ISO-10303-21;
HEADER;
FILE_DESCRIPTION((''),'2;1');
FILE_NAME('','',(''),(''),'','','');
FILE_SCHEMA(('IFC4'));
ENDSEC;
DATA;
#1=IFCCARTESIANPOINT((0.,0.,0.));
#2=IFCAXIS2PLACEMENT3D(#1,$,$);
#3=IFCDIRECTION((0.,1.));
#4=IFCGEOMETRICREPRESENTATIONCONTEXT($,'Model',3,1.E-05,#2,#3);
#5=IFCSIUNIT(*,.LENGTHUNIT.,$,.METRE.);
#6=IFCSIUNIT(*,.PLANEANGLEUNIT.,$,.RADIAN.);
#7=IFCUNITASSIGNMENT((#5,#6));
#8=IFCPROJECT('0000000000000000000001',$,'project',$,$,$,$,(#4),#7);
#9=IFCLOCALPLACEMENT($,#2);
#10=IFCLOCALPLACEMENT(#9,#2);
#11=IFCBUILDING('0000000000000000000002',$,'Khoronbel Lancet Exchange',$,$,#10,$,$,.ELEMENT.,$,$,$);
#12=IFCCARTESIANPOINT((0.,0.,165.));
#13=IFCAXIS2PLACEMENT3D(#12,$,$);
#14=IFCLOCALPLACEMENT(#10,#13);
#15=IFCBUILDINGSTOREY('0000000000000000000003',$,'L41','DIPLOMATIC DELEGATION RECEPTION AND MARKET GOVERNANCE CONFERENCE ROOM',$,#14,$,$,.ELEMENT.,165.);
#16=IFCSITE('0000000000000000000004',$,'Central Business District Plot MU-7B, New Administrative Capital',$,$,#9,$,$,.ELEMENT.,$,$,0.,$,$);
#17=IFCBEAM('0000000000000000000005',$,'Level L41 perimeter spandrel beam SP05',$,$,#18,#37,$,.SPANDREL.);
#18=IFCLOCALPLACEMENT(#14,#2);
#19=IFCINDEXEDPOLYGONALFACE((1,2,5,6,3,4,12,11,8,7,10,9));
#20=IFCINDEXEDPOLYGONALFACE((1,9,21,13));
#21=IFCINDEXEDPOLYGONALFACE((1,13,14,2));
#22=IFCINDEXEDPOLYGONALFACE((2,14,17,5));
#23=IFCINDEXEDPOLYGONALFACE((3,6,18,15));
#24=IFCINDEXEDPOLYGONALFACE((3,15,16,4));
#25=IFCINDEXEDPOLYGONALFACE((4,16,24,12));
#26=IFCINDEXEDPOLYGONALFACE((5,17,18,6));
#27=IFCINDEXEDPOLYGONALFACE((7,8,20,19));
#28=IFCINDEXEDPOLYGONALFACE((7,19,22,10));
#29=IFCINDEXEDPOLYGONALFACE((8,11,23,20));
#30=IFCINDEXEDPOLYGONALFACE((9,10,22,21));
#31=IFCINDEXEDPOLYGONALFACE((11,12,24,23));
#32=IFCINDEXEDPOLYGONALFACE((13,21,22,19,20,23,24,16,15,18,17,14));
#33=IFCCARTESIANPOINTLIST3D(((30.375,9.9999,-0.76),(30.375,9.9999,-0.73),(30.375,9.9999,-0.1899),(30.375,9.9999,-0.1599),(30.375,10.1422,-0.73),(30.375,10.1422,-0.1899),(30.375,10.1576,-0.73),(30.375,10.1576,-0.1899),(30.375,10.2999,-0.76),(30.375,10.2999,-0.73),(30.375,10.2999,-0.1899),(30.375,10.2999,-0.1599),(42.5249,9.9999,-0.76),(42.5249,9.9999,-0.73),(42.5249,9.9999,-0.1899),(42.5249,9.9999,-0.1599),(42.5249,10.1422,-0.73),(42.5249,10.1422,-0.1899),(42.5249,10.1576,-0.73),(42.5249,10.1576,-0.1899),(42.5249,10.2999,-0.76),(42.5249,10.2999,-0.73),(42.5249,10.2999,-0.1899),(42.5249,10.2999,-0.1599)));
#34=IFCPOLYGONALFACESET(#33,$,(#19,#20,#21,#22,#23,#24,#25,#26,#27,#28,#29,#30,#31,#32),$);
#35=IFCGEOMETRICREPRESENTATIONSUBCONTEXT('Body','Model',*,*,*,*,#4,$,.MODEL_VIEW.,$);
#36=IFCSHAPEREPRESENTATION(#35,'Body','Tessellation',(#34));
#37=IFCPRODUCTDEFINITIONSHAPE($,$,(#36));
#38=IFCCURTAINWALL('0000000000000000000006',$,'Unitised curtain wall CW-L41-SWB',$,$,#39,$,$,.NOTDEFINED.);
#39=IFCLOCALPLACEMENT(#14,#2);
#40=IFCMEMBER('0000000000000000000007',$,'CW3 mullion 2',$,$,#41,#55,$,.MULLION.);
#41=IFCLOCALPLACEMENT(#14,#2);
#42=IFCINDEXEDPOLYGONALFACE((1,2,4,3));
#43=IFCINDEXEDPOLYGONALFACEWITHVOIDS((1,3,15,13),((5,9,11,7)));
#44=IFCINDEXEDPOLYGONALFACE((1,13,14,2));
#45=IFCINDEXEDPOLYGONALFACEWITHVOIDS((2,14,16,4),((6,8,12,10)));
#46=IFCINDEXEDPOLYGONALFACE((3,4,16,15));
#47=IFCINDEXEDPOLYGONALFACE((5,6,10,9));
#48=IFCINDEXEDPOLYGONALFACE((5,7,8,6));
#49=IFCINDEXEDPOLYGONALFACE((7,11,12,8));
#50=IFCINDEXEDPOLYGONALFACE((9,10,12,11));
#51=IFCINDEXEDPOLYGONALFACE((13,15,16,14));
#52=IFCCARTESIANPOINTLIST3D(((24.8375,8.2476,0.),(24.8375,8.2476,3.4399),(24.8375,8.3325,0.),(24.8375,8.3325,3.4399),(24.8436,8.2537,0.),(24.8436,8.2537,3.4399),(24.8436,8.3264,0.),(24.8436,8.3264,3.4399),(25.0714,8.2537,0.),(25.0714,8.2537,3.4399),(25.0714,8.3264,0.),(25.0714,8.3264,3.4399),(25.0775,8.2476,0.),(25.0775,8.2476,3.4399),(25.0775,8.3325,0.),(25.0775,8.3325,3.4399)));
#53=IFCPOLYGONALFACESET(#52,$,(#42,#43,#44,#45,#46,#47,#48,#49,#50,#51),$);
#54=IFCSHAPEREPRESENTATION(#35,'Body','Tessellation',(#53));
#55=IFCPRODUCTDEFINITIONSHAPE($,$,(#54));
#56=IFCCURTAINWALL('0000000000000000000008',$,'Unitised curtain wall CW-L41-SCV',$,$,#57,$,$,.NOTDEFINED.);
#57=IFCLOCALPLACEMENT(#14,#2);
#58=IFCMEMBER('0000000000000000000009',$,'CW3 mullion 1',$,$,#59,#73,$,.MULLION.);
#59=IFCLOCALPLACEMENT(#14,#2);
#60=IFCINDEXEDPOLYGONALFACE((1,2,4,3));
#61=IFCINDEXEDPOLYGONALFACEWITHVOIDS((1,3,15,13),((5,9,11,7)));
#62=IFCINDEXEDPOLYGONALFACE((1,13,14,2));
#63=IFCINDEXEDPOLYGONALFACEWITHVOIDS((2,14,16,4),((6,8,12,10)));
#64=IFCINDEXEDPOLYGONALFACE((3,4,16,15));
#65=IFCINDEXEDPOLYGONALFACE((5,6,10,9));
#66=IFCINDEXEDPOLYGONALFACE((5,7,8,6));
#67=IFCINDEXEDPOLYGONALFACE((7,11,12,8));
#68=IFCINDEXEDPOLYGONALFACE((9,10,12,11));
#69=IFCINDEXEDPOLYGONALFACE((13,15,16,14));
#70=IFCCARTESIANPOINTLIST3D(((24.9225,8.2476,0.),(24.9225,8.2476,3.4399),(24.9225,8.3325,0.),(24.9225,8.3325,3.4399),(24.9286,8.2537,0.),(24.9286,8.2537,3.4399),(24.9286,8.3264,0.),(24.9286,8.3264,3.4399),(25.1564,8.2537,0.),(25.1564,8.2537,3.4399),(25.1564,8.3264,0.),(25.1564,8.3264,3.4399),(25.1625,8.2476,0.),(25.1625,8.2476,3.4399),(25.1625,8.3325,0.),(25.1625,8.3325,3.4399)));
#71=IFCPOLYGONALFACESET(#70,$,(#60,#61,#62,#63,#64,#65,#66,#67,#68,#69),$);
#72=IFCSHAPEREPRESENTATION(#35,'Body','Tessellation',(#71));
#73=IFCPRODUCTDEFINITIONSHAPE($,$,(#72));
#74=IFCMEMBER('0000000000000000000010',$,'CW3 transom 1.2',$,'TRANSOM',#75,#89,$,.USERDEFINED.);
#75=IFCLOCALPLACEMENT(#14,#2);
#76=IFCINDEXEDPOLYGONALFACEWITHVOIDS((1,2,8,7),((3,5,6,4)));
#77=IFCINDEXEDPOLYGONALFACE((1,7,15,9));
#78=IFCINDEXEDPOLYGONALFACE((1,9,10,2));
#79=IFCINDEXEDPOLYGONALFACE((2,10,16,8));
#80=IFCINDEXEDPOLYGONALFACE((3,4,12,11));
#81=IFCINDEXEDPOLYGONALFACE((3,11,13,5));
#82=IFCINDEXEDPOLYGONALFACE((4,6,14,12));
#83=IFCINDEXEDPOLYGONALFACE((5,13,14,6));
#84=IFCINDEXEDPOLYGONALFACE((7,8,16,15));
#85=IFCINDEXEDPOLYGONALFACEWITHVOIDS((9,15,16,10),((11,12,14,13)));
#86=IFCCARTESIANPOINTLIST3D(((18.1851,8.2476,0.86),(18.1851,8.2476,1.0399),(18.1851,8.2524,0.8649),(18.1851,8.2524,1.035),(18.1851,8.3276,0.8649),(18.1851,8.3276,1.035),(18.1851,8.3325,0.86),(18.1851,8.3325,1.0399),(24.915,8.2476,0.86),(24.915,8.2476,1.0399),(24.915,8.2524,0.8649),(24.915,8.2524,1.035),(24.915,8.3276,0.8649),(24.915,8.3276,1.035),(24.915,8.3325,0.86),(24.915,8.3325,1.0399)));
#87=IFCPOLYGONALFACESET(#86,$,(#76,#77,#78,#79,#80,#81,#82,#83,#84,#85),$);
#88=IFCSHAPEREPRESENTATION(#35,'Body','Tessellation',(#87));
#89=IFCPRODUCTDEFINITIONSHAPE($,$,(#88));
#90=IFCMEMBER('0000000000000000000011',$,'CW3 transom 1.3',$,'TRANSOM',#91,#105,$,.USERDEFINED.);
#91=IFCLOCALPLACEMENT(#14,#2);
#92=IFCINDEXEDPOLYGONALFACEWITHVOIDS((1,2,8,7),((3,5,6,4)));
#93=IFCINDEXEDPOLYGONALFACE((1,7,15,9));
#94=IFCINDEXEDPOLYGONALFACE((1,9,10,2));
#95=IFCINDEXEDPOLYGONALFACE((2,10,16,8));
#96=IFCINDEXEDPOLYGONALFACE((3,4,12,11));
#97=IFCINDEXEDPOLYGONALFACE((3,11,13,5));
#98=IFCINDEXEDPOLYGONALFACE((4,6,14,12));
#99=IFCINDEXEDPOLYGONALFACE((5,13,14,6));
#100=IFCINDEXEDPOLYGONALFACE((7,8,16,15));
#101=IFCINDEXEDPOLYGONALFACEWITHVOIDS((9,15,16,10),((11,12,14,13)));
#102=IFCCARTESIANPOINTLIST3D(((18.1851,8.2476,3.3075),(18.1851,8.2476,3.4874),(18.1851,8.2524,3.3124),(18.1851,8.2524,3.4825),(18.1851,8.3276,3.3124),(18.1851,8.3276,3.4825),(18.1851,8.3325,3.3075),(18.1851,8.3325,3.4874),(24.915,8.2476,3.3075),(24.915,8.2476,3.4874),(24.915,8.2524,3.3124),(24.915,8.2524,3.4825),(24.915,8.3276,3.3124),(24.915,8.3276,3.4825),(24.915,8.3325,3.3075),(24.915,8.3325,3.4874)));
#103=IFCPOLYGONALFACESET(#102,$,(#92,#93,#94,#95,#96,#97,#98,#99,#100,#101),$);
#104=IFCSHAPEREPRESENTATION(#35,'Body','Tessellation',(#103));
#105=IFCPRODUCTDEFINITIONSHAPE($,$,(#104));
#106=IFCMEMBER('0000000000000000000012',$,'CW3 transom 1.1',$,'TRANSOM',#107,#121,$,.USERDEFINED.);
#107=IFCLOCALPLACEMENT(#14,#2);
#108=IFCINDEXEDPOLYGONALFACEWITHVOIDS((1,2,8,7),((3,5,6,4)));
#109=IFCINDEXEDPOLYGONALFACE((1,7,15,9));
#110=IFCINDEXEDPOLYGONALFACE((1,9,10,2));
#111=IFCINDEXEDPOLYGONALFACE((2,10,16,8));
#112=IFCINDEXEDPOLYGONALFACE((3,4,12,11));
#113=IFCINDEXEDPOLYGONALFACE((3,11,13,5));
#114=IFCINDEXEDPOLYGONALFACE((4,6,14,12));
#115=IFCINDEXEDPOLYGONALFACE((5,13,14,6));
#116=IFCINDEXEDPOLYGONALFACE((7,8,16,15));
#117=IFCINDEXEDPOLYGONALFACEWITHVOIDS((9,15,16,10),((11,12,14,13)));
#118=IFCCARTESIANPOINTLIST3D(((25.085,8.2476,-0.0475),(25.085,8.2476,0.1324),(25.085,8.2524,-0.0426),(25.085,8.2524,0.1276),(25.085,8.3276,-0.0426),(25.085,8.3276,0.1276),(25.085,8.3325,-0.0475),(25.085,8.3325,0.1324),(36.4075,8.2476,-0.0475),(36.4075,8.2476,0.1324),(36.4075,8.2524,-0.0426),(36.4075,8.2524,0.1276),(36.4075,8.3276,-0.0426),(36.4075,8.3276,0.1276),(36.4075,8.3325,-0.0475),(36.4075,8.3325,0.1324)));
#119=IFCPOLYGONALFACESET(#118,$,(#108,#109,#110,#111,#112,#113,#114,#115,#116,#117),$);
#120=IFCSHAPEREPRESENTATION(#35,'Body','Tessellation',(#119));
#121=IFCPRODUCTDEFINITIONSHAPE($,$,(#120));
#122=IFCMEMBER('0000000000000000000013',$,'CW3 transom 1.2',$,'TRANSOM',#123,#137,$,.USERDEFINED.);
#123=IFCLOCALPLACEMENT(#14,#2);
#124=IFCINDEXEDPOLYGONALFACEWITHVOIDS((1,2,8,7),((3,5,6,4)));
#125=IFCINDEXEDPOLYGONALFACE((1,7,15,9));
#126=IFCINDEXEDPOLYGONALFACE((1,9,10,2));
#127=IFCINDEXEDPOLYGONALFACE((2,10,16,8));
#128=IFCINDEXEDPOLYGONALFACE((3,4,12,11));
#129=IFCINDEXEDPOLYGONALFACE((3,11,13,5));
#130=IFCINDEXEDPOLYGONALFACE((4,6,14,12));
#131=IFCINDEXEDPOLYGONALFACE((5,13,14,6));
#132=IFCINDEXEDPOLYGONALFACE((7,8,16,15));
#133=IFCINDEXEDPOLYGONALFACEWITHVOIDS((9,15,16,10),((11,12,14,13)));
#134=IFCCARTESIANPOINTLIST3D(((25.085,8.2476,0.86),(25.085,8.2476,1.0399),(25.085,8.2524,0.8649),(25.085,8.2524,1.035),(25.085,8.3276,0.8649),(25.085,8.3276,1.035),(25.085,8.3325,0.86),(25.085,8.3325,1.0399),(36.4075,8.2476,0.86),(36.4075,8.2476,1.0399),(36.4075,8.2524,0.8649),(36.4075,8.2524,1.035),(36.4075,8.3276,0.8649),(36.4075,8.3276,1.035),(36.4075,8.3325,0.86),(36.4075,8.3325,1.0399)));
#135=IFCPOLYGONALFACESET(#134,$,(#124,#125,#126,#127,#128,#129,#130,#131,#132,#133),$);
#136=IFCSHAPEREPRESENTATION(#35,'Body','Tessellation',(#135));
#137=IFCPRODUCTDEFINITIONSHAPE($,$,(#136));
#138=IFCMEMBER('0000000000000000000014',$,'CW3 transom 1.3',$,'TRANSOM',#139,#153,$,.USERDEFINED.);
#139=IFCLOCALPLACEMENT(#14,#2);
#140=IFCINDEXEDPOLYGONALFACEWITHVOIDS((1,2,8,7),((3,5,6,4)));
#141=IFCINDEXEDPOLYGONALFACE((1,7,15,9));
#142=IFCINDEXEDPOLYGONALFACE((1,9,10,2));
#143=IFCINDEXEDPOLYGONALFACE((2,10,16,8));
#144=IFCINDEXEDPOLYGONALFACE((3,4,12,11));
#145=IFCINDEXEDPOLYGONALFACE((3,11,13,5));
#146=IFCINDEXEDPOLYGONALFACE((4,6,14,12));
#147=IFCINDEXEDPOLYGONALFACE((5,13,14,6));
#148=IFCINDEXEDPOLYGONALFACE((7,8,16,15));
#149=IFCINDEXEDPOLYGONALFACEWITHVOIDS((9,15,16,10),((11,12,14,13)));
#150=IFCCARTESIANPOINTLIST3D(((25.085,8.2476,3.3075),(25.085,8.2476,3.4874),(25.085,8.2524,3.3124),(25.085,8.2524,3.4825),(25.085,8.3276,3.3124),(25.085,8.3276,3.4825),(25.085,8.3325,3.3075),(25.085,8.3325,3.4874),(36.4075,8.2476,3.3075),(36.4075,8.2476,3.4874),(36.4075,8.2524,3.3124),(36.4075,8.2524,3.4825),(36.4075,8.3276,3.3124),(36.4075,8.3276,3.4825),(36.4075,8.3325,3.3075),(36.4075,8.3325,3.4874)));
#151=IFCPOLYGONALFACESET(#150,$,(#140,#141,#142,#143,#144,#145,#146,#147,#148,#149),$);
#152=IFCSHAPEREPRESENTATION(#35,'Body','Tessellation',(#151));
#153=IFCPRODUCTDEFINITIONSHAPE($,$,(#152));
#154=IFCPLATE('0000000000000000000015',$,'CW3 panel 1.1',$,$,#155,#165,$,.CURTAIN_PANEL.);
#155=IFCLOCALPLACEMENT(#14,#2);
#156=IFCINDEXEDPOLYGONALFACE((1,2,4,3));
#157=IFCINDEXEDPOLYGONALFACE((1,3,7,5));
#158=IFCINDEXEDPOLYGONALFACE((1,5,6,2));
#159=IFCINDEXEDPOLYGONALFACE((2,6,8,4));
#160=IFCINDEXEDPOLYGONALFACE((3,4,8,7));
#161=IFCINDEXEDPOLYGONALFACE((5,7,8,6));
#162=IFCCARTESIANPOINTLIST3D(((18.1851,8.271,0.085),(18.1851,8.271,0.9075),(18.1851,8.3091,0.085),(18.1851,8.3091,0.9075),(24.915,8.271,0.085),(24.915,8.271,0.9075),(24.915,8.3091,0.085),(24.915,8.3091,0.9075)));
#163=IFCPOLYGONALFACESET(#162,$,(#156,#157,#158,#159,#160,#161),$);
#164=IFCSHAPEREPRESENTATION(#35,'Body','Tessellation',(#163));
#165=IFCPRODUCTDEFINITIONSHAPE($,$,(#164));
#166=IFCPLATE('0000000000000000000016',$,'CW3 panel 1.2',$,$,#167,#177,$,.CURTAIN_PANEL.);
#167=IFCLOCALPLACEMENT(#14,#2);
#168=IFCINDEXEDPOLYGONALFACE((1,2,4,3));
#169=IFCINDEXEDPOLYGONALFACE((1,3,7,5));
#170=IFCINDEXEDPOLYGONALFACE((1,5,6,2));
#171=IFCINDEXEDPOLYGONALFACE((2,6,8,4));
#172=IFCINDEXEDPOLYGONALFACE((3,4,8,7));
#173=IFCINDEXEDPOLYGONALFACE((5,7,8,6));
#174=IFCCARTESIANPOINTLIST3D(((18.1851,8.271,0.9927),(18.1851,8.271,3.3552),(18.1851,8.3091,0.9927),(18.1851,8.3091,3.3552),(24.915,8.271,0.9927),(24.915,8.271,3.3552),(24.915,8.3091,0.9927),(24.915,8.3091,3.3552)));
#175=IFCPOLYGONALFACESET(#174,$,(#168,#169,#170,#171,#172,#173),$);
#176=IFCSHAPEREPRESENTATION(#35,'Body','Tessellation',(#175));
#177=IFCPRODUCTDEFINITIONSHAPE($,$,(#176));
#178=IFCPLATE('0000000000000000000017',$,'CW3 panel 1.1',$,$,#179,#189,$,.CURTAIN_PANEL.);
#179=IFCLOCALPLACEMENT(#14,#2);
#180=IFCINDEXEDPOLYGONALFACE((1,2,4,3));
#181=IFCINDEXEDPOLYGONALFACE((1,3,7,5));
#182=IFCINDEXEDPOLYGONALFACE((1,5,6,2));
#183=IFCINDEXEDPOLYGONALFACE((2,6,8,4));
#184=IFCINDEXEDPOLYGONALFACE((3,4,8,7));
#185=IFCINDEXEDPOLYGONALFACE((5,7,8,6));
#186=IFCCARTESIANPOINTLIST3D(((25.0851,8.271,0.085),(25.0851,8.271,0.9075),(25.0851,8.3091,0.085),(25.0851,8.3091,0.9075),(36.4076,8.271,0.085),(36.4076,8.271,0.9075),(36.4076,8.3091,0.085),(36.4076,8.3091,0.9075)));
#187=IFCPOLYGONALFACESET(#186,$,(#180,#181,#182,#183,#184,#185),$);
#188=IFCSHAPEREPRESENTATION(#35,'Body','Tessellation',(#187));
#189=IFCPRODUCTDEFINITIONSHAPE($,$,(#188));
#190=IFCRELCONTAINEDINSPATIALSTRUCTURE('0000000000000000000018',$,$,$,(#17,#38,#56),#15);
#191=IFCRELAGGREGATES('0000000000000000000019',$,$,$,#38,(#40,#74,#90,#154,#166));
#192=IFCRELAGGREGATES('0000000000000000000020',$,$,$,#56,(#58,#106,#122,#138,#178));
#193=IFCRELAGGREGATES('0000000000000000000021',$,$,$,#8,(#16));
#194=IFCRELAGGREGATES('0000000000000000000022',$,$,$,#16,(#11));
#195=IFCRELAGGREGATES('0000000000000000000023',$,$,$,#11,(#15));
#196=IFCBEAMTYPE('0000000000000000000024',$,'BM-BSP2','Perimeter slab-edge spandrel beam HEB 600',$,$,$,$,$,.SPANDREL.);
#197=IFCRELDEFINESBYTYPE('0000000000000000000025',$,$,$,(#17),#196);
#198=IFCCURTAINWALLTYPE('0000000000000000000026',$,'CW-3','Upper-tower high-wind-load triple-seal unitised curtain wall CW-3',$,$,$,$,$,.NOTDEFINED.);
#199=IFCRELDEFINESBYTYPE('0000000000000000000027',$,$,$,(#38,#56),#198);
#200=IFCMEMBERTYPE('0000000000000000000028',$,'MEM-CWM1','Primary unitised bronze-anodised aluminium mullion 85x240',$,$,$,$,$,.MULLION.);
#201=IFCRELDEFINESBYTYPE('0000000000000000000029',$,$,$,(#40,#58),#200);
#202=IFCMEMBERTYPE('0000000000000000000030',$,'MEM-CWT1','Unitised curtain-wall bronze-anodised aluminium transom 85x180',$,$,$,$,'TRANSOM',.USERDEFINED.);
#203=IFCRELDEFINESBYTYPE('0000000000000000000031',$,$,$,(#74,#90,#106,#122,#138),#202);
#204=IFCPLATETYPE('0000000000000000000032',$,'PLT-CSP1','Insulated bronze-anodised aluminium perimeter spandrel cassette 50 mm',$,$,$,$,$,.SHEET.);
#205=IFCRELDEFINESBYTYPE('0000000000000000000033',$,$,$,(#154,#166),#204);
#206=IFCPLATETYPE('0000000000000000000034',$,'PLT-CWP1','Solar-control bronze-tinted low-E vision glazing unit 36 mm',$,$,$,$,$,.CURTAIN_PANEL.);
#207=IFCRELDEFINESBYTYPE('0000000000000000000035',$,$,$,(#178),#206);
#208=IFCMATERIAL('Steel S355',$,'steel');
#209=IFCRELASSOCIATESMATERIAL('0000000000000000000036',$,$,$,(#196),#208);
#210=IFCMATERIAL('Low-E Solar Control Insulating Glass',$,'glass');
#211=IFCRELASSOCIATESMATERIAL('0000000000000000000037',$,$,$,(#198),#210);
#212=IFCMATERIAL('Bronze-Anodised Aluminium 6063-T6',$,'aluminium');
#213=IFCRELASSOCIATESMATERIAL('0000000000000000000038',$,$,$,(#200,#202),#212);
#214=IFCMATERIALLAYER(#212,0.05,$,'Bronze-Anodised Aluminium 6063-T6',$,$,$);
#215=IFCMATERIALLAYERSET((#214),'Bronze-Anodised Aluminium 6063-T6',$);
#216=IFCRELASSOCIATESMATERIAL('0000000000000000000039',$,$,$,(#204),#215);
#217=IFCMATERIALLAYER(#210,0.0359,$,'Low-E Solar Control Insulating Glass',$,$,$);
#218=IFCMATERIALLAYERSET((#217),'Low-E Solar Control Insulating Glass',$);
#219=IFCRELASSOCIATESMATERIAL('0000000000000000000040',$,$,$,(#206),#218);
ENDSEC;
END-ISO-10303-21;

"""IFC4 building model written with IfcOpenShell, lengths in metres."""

from ifc_helpers import new_model, si_unit, direction, frame, origin, origin_2d, place, context, subcontext, project, spatial, rectangle, hollow_rectangle, i_section, extrude, material, layer, layer_set, material_profile, profile_set, type_object, element, aggregate, save


model = new_model("IFC4")

# Units and contexts
model_context = context("Model", 3, precision=1e-05, world=origin(), true_north=direction((0.0, 1.0)))
body_context = subcontext(model_context, "Body", "Model", "MODEL_VIEW")
ifc_project = project(units=[si_unit("LENGTHUNIT", "METRE"), si_unit("PLANEANGLEUNIT", "RADIAN")], contexts=[model_context])

# Site, building, storey
site_placement = place(None, origin())
site = spatial("IfcSite", under=ifc_project, at=site_placement, Name="Central Business District Plot MU-7B, New Administrative Capital", CompositionType="ELEMENT", RefElevation=0.0)
building_placement = place(site_placement, origin())
building = spatial("IfcBuilding", under=site, at=building_placement, Name="Khoronbel Lancet Exchange", CompositionType="ELEMENT")
storey_placement = place(building_placement, frame((0.0, 0.0, 165.0)))
storey = spatial("IfcBuildingStorey", under=building, at=storey_placement, Name="L41", Description="DIPLOMATIC DELEGATION RECEPTION AND MARKET GOVERNANCE CONFERENCE ROOM", CompositionType="ELEMENT", Elevation=165.0)

# Beam
ifc_material_1 = material(Name="Steel S355", Category="steel")
ifc_material_profile_1 = material_profile(ifc_material_1, i_section(OverallWidth=0.3, OverallDepth=0.6001, WebThickness=0.0154, FlangeThickness=0.03, at=origin_2d()), Name="HEB 600")
ifc_profile_set_1 = profile_set([ifc_material_profile_1], Name="Steel S355")
beam_type_1 = type_object("IfcBeamType", Name="BM-BSP2", Description="Perimeter slab-edge spandrel beam HEB 600", PredefinedType="SPANDREL", material=ifc_profile_set_1)
beam_1_placement = place(storey_placement, frame((30.375, 10.1499, -0.46), z_axis=(1.0, 0.0, 0.0), x_axis=(0.0, 1.0, 0.0)))
element("IfcBeam", 1, at=beam_1_placement, inside=storey, type_object=beam_type_1, Name="Level L41 perimeter spandrel beam SP05", PredefinedType="SPANDREL", context=body_context, shape_type="SweptSolid", body=[
    extrude(i_section(OverallWidth=0.3, OverallDepth=0.6001, WebThickness=0.0154, FlangeThickness=0.03, at=origin_2d()), origin(), (0.0, 0.0, 1.0), 12.1499),
])

# Curtain walls, members
ifc_material_2 = material(Name="Low-E Solar Control Insulating Glass", Category="glass")
curtain_wall_type = type_object("IfcCurtainWallType", Name="CW-3", Description="Upper-tower high-wind-load triple-seal unitised curtain wall CW-3", PredefinedType="NOTDEFINED", material=ifc_material_2)
curtain_wall_1_placement = place(storey_placement, origin())
curtain_wall_1 = element("IfcCurtainWall", 2, at=curtain_wall_1_placement, inside=storey, type_object=curtain_wall_type, Name="Unitised curtain wall CW-L41-SWB", PredefinedType="NOTDEFINED")
ifc_material_3 = material(Name="Bronze-Anodised Aluminium 6063-T6", Category="aluminium")
ifc_material_profile_2 = material_profile(ifc_material_3, hollow_rectangle(XDim=0.085, YDim=0.24, WallThickness=0.0061, at=origin_2d()), Name="ALU MULLION 85x240")
ifc_profile_set_2 = profile_set([ifc_material_profile_2], Name="Bronze-Anodised Aluminium 6063-T6")
member_type_1 = type_object("IfcMemberType", Name="MEM-CWM1", Description="Primary unitised bronze-anodised aluminium mullion 85x240", PredefinedType="MULLION", material=ifc_profile_set_2)
member_1_placement = place(storey_placement, frame((24.9575, 8.29, 0.0), z_axis=(0.0, 0.0, 1.0), x_axis=(0.0, 1.0, 0.0)))
member_1 = element("IfcMember", 3, at=member_1_placement, type_object=member_type_1, Name="CW3 mullion 2", PredefinedType="MULLION", context=body_context, shape_type="SweptSolid", body=[
    extrude(hollow_rectangle(XDim=0.085, YDim=0.24, WallThickness=0.0061, at=origin_2d()), origin(), (0.0, 0.0, 1.0), 3.4399),
])
curtain_wall_2_placement = place(storey_placement, origin())
curtain_wall_2 = element("IfcCurtainWall", 4, at=curtain_wall_2_placement, inside=storey, type_object=curtain_wall_type, Name="Unitised curtain wall CW-L41-SCV", PredefinedType="NOTDEFINED")
member_2_placement = place(storey_placement, frame((25.0425, 8.29, 0.0), z_axis=(0.0, 0.0, 1.0), x_axis=(0.0, 1.0, 0.0)))
member_2 = element("IfcMember", 5, at=member_2_placement, type_object=member_type_1, Name="CW3 mullion 1", PredefinedType="MULLION", context=body_context, shape_type="SweptSolid", body=[
    extrude(hollow_rectangle(XDim=0.085, YDim=0.24, WallThickness=0.0061, at=origin_2d()), origin(), (0.0, 0.0, 1.0), 3.4399),
])

# Members
ifc_material_profile_3 = material_profile(ifc_material_3, hollow_rectangle(XDim=0.085, YDim=0.1799, WallThickness=0.0049, at=origin_2d()), Name="ALU TRANSOM 85x180")
ifc_profile_set_3 = profile_set([ifc_material_profile_3], Name="Bronze-Anodised Aluminium 6063-T6")
member_type_2 = type_object("IfcMemberType", Name="MEM-CWT1", Description="Unitised curtain-wall bronze-anodised aluminium transom 85x180", ElementType="TRANSOM", PredefinedType="USERDEFINED", material=ifc_profile_set_3)
member_3_placement = place(storey_placement, frame((18.1851, 8.29, 0.95), z_axis=(1.0, 0.0, 0.0), x_axis=(0.0, 1.0, 0.0)))
member_3 = element("IfcMember", 6, at=member_3_placement, type_object=member_type_2, Name="CW3 transom 1.2", ObjectType="TRANSOM", PredefinedType="USERDEFINED", context=body_context, shape_type="SweptSolid", body=[
    extrude(hollow_rectangle(XDim=0.085, YDim=0.1799, WallThickness=0.0049, at=origin_2d()), origin(), (0.0, 0.0, 1.0), 6.73),
])
member_4_placement = place(storey_placement, frame((18.1851, 8.29, 3.3975), z_axis=(1.0, 0.0, 0.0), x_axis=(0.0, 1.0, 0.0)))
member_4 = element("IfcMember", 7, at=member_4_placement, type_object=member_type_2, Name="CW3 transom 1.3", ObjectType="TRANSOM", PredefinedType="USERDEFINED", context=body_context, shape_type="SweptSolid", body=[
    extrude(hollow_rectangle(XDim=0.085, YDim=0.1799, WallThickness=0.0049, at=origin_2d()), origin(), (0.0, 0.0, 1.0), 6.73),
])
member_5_placement = place(storey_placement, frame((25.085, 8.29, 0.0425), z_axis=(1.0, 0.0, 0.0), x_axis=(0.0, 1.0, 0.0)))
member_5 = element("IfcMember", 8, at=member_5_placement, type_object=member_type_2, Name="CW3 transom 1.1", ObjectType="TRANSOM", PredefinedType="USERDEFINED", context=body_context, shape_type="SweptSolid", body=[
    extrude(hollow_rectangle(XDim=0.085, YDim=0.1799, WallThickness=0.0049, at=origin_2d()), origin(), (0.0, 0.0, 1.0), 11.3225),
])
member_6_placement = place(storey_placement, frame((25.085, 8.29, 0.95), z_axis=(1.0, 0.0, 0.0), x_axis=(0.0, 1.0, 0.0)))
member_6 = element("IfcMember", 9, at=member_6_placement, type_object=member_type_2, Name="CW3 transom 1.2", ObjectType="TRANSOM", PredefinedType="USERDEFINED", context=body_context, shape_type="SweptSolid", body=[
    extrude(hollow_rectangle(XDim=0.085, YDim=0.1799, WallThickness=0.0049, at=origin_2d()), origin(), (0.0, 0.0, 1.0), 11.3225),
])
member_7_placement = place(storey_placement, frame((25.085, 8.29, 3.3975), z_axis=(1.0, 0.0, 0.0), x_axis=(0.0, 1.0, 0.0)))
member_7 = element("IfcMember", 10, at=member_7_placement, type_object=member_type_2, Name="CW3 transom 1.3", ObjectType="TRANSOM", PredefinedType="USERDEFINED", context=body_context, shape_type="SweptSolid", body=[
    extrude(hollow_rectangle(XDim=0.085, YDim=0.1799, WallThickness=0.0049, at=origin_2d()), origin(), (0.0, 0.0, 1.0), 11.3225),
])

# Plates
ifc_layer_1 = layer(ifc_material_3, 0.05, Name="Bronze-Anodised Aluminium 6063-T6")
ifc_layer_set_1 = layer_set([ifc_layer_1], Name="Bronze-Anodised Aluminium 6063-T6")
plate_type_1 = type_object("IfcPlateType", Name="PLT-CSP1", Description="Insulated bronze-anodised aluminium perimeter spandrel cassette 50 mm", PredefinedType="SHEET", material=ifc_layer_set_1)
plate_1_placement = place(storey_placement, frame((21.55, 8.29, 0.085), z_axis=(0.0, 0.0, 1.0), x_axis=(1.0, 0.0, 0.0)))
plate_1 = element("IfcPlate", 11, at=plate_1_placement, type_object=plate_type_1, Name="CW3 panel 1.1", PredefinedType="CURTAIN_PANEL", context=body_context, shape_type="SweptSolid", body=[
    extrude(rectangle(XDim=6.73, YDim=0.0381, at=origin_2d()), origin(), (0.0, 0.0, 1.0), 0.8225),
])
plate_2_placement = place(storey_placement, frame((21.55, 8.29, 0.9927), z_axis=(0.0, 0.0, 1.0), x_axis=(1.0, 0.0, 0.0)))
plate_2 = element("IfcPlate", 12, at=plate_2_placement, type_object=plate_type_1, Name="CW3 panel 1.2", PredefinedType="CURTAIN_PANEL", context=body_context, shape_type="SweptSolid", body=[
    extrude(rectangle(XDim=6.73, YDim=0.0381, at=origin_2d()), origin(), (0.0, 0.0, 1.0), 2.3625),
])
aggregate(curtain_wall_1, [member_1, member_3, member_4, plate_1, plate_2])
ifc_layer_2 = layer(ifc_material_2, 0.0359, Name="Low-E Solar Control Insulating Glass")
ifc_layer_set_2 = layer_set([ifc_layer_2], Name="Low-E Solar Control Insulating Glass")
plate_type_2 = type_object("IfcPlateType", Name="PLT-CWP1", Description="Solar-control bronze-tinted low-E vision glazing unit 36 mm", PredefinedType="CURTAIN_PANEL", material=ifc_layer_set_2)
plate_3_placement = place(storey_placement, frame((30.7463, 8.29, 0.085), z_axis=(0.0, 0.0, 1.0), x_axis=(1.0, 0.0, 0.0)))
plate_3 = element("IfcPlate", 13, at=plate_3_placement, type_object=plate_type_2, Name="CW3 panel 1.1", PredefinedType="CURTAIN_PANEL", context=body_context, shape_type="SweptSolid", body=[
    extrude(rectangle(XDim=11.3225, YDim=0.0381, at=origin_2d()), origin(), (0.0, 0.0, 1.0), 0.8225),
])
aggregate(curtain_wall_2, [member_2, member_5, member_6, member_7, plate_3])

save(model, "model.ifc")
